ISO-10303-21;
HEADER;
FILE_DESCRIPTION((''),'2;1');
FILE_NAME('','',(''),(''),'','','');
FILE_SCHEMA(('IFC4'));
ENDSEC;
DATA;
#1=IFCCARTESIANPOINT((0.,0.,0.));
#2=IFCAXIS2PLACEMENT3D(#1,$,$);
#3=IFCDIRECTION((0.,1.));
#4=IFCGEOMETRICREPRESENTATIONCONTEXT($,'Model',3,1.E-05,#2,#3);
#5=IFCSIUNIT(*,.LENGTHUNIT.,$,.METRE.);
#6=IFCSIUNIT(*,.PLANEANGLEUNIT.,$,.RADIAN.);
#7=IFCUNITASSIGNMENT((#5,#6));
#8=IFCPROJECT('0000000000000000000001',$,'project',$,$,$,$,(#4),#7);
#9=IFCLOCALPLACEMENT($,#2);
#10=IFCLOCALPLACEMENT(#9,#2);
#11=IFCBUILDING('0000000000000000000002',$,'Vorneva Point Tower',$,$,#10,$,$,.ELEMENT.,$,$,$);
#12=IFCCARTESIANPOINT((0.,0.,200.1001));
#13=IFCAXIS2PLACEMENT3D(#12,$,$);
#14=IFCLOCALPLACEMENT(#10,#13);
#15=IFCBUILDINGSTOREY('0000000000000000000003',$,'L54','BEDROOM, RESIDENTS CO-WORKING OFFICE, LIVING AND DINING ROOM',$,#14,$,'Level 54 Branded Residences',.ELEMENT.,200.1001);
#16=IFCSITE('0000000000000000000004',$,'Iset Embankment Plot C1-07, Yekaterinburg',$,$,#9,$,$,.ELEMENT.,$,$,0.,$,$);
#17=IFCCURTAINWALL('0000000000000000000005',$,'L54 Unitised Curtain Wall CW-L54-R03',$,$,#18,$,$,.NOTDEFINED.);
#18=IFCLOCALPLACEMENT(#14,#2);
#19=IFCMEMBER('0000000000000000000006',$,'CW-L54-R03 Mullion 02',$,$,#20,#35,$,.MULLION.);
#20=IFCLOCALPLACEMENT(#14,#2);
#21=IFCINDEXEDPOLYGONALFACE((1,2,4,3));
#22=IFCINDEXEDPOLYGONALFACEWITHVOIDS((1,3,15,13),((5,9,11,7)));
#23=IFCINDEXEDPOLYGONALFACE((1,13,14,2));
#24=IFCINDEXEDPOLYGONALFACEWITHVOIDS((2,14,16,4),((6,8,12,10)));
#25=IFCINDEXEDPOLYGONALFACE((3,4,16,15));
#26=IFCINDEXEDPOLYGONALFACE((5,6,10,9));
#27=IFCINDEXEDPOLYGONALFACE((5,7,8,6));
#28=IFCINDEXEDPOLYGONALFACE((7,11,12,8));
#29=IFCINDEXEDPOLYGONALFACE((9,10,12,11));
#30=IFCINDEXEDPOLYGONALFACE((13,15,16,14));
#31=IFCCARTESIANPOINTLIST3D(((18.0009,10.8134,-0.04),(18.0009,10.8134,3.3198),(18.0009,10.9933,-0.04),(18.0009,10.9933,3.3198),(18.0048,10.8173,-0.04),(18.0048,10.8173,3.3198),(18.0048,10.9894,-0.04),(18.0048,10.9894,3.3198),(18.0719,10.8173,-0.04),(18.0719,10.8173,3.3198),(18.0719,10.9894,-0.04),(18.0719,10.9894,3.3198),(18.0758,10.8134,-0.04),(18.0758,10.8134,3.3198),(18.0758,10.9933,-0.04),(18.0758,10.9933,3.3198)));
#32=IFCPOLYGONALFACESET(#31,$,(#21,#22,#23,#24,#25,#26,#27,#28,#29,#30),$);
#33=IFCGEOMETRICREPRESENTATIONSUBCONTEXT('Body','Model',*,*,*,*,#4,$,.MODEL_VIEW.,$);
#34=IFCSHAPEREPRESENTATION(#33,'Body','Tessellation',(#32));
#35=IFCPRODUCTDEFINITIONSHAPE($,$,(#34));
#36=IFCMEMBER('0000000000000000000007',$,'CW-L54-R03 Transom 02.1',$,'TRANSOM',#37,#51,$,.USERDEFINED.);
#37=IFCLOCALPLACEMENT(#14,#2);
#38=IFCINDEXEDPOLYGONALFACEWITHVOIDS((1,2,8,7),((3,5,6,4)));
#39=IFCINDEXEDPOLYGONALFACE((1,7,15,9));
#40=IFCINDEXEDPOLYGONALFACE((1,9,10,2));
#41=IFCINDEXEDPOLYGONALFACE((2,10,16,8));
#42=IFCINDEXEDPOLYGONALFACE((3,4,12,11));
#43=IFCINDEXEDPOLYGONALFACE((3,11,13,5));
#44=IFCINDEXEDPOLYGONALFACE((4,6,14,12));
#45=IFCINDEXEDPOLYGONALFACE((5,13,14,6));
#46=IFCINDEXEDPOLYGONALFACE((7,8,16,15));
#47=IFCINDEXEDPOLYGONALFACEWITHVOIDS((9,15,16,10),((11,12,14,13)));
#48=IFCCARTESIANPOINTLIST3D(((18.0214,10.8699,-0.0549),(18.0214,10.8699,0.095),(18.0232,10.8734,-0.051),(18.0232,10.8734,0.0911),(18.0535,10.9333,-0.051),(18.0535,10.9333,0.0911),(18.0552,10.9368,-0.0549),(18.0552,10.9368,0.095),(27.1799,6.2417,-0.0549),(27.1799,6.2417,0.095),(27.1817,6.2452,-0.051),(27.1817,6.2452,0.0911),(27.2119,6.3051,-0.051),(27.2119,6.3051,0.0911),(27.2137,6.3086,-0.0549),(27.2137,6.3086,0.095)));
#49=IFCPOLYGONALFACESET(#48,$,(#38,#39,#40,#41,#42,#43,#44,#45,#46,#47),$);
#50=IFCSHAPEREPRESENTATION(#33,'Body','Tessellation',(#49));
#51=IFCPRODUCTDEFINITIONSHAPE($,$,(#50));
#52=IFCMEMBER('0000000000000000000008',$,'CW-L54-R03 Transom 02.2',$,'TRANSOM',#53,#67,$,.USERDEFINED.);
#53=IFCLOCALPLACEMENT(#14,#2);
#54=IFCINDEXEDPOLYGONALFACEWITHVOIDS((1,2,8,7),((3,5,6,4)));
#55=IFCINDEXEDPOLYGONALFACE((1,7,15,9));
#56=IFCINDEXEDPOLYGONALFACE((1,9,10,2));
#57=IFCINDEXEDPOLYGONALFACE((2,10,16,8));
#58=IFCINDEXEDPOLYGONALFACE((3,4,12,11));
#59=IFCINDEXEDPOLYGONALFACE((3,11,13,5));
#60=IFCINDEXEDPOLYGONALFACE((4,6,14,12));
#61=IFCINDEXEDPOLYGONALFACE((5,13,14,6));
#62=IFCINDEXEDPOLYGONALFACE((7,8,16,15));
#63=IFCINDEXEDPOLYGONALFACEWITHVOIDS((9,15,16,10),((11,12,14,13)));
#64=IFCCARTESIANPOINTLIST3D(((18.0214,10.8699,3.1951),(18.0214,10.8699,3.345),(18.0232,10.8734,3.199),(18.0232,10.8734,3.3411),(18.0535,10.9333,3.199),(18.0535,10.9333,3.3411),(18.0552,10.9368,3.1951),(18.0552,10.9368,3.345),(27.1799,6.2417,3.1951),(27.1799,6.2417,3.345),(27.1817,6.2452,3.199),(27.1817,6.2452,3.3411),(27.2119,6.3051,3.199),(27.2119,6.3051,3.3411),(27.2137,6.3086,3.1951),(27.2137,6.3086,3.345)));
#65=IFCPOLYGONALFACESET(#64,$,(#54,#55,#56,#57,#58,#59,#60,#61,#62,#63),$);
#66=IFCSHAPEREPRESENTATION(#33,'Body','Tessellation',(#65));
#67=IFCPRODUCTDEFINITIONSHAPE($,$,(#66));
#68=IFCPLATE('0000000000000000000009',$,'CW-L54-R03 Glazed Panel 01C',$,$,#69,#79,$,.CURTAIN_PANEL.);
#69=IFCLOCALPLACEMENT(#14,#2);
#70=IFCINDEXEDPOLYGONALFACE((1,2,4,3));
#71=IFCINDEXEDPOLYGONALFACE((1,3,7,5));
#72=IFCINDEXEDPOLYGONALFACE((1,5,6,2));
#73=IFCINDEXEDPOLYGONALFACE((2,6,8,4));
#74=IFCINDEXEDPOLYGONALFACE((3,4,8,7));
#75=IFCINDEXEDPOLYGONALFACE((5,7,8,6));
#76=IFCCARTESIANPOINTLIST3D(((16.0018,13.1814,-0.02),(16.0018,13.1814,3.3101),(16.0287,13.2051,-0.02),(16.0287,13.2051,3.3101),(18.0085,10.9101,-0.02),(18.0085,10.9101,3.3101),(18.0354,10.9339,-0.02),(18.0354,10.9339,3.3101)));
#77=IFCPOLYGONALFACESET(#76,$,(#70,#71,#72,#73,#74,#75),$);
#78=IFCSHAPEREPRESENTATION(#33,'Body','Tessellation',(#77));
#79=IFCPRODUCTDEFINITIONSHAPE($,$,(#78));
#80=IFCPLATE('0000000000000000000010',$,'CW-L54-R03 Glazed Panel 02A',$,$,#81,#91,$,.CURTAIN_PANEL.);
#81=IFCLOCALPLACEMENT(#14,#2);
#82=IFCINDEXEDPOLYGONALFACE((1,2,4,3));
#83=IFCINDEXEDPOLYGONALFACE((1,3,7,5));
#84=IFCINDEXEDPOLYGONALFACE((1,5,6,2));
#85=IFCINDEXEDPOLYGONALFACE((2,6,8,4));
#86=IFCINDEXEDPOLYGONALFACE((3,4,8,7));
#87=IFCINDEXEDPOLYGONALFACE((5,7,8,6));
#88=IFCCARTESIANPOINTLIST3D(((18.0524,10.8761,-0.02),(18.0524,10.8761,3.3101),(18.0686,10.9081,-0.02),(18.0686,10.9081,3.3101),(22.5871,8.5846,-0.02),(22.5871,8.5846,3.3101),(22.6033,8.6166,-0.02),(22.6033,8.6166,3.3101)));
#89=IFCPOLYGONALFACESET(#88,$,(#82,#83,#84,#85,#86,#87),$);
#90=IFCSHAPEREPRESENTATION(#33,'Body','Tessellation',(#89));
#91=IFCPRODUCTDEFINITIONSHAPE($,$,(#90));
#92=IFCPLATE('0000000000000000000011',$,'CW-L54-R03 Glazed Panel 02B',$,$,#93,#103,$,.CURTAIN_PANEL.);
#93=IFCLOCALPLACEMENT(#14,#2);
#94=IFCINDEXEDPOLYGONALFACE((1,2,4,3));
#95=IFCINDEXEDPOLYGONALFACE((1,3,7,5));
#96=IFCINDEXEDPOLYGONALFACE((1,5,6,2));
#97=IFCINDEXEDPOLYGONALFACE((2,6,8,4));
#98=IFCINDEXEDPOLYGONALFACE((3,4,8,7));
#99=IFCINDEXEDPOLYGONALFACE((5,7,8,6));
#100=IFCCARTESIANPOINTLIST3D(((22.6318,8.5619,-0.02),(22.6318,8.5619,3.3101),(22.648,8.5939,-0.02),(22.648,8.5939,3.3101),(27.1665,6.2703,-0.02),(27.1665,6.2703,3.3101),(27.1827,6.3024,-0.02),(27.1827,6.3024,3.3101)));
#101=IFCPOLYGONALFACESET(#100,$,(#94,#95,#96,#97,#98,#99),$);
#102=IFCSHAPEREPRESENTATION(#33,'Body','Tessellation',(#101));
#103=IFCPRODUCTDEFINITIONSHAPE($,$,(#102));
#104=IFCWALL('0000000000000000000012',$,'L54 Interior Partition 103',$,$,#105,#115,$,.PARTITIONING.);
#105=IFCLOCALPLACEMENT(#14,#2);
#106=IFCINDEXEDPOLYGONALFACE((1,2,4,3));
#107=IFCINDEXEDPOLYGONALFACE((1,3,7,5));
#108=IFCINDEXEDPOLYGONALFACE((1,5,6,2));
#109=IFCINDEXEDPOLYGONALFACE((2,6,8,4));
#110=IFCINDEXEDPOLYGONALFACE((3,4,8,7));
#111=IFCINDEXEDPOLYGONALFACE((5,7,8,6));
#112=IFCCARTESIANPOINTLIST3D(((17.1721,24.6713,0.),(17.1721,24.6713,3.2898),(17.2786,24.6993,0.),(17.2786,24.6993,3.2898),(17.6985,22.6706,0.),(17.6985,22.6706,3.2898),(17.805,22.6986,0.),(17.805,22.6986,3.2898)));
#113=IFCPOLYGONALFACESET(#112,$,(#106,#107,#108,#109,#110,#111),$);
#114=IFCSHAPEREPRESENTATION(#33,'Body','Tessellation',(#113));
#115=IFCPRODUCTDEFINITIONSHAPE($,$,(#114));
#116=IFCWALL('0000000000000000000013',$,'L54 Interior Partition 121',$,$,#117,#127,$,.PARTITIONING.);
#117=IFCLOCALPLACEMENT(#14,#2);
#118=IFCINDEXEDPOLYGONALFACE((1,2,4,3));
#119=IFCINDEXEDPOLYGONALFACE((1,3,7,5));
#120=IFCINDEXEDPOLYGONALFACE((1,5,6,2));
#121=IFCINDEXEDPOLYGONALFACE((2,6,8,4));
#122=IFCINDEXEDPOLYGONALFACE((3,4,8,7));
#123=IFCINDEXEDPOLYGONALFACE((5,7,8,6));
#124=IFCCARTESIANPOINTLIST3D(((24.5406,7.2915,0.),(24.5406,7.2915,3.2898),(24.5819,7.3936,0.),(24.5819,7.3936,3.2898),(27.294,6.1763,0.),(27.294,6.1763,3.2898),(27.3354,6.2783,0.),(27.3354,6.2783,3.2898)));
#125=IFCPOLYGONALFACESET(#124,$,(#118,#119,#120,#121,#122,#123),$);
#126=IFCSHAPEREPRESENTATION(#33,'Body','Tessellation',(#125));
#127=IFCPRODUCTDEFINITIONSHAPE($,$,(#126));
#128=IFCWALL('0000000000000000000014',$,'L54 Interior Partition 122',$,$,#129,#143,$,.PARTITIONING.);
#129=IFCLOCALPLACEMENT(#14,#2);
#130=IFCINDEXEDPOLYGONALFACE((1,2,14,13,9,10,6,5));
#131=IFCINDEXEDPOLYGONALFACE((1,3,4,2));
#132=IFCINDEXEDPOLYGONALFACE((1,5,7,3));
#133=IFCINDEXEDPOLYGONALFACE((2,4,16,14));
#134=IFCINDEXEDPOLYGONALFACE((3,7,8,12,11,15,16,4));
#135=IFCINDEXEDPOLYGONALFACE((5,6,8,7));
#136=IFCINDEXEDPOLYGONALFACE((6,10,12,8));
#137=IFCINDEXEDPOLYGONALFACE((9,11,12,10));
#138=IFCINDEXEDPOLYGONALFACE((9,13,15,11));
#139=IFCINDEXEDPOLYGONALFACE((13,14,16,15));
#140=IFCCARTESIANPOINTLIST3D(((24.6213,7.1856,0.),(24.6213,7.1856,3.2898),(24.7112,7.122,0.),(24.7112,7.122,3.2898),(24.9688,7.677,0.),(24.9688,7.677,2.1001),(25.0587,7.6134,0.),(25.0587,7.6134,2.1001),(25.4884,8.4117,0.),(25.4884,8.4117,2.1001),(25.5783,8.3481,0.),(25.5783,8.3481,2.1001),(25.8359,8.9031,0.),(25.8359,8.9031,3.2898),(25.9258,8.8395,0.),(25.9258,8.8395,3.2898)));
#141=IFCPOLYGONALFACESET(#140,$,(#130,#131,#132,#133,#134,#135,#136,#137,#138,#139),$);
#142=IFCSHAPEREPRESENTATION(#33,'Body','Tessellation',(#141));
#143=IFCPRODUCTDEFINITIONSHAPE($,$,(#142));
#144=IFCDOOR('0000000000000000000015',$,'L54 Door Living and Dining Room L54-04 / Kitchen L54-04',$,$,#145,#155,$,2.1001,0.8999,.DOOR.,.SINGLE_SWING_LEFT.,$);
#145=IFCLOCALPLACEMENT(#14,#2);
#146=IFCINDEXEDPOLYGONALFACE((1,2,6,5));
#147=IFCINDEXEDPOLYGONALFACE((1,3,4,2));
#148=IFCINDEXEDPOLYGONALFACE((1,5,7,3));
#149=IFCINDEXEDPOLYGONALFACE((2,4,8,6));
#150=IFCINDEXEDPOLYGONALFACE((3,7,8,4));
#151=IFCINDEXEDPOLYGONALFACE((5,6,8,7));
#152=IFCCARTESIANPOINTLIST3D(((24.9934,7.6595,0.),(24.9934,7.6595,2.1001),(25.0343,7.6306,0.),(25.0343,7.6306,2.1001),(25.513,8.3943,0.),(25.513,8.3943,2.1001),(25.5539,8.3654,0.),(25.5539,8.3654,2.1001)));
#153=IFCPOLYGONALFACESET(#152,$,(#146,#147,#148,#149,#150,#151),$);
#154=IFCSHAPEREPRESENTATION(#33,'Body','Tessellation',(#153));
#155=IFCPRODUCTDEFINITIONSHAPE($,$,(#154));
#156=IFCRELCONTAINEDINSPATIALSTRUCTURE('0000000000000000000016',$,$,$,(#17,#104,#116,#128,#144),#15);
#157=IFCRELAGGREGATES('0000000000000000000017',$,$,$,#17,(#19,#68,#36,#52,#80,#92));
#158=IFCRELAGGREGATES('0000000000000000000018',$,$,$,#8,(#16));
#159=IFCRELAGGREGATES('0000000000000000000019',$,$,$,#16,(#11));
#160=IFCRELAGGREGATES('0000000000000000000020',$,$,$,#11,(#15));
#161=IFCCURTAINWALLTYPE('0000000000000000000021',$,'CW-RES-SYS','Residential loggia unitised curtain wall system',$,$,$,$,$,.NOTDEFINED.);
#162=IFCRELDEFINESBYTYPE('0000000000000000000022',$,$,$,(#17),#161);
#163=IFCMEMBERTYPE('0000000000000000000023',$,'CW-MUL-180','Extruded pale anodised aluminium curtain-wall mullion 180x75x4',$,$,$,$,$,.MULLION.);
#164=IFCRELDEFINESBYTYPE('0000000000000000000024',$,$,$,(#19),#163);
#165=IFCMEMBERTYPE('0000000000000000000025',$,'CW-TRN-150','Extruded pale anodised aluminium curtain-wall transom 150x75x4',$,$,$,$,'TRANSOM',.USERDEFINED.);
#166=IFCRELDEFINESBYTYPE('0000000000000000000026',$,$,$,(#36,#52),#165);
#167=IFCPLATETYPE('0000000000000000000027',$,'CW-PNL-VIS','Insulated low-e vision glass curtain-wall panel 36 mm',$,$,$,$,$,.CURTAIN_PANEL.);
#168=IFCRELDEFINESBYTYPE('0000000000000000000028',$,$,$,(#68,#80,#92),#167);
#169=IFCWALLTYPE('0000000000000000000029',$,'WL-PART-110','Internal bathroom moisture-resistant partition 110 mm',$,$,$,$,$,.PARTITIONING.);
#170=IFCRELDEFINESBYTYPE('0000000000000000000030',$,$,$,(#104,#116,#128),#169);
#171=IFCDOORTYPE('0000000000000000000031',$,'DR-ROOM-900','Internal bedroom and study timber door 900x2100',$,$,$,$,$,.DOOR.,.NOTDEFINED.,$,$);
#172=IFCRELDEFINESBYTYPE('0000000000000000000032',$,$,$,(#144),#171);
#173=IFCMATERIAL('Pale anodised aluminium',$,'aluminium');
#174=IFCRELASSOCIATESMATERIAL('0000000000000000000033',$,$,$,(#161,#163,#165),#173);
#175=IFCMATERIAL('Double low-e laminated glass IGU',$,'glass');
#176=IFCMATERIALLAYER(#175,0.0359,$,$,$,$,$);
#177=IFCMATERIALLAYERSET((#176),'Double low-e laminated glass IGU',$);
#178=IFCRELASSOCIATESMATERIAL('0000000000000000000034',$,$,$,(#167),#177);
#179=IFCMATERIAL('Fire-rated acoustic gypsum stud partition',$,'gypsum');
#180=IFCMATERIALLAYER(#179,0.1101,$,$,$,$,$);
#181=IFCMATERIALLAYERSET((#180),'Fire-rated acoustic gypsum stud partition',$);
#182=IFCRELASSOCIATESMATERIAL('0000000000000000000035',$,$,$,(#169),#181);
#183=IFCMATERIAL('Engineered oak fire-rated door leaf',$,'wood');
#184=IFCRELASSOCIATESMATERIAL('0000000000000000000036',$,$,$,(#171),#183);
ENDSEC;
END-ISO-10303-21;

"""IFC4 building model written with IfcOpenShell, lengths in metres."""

from ifc_helpers import new_model, si_unit, direction, frame, frame_2d, origin, origin_2d, place, context, subcontext, project, spatial, rectangle, hollow_rectangle, extrude, material, layer, layer_set, material_profile, profile_set, type_object, element, fill, aggregate, save


model = new_model("IFC4")

# Units and contexts
model_context = context("Model", 3, precision=1e-05, world=origin(), true_north=direction((0.0, 1.0)))
body_context = subcontext(model_context, "Body", "Model", "MODEL_VIEW")
ifc_project = project(units=[si_unit("LENGTHUNIT", "METRE"), si_unit("PLANEANGLEUNIT", "RADIAN")], contexts=[model_context])

# Site, building, storey
site_placement = place(None, origin())
site = spatial("IfcSite", under=ifc_project, at=site_placement, Name="Iset Embankment Plot C1-07, Yekaterinburg", CompositionType="ELEMENT", RefElevation=0.0)
building_placement = place(site_placement, origin())
building = spatial("IfcBuilding", under=site, at=building_placement, Name="Vorneva Point Tower", CompositionType="ELEMENT")
storey_placement = place(building_placement, frame((0.0, 0.0, 200.1001)))
storey = spatial("IfcBuildingStorey", under=building, at=storey_placement, Name="L54", Description="BEDROOM, RESIDENTS CO-WORKING OFFICE, LIVING AND DINING ROOM", LongName="Level 54 Branded Residences", CompositionType="ELEMENT", Elevation=200.1001)

# Curtain wall, members, plates
ifc_material_1 = material(Name="Pale anodised aluminium", Category="aluminium")
curtain_wall_type = type_object("IfcCurtainWallType", Name="CW-RES-SYS", Description="Residential loggia unitised curtain wall system", PredefinedType="NOTDEFINED", material=ifc_material_1)
curtain_wall_placement = place(storey_placement, origin())
curtain_wall = element("IfcCurtainWall", 1, at=curtain_wall_placement, inside=storey, type_object=curtain_wall_type, Name="L54 Unitised Curtain Wall CW-L54-R03", PredefinedType="NOTDEFINED")
ifc_material_profile_1 = material_profile(ifc_material_1, hollow_rectangle(XDim=0.075, YDim=0.1799, WallThickness=0.0039, at=origin_2d()), Name="AL-MUL 180x75x4")
ifc_profile_set_1 = profile_set([ifc_material_profile_1], Name="Pale anodised aluminium")
member_type_1 = type_object("IfcMemberType", Name="CW-MUL-180", Description="Extruded pale anodised aluminium curtain-wall mullion 180x75x4", PredefinedType="MULLION", material=ifc_profile_set_1)
member_1_placement = place(storey_placement, frame((18.0383, 10.9033, -0.04), z_axis=(0.0, 0.0, 1.0), x_axis=(1.0, 0.0, 0.0)))
member_1 = element("IfcMember", 2, at=member_1_placement, type_object=member_type_1, Name="CW-L54-R03 Mullion 02", PredefinedType="MULLION", context=body_context, shape_type="SweptSolid", body=[
    extrude(hollow_rectangle(XDim=0.075, YDim=0.1799, WallThickness=0.0039, at=origin_2d()), origin(), (0.0, 0.0, 1.0), 3.3599),
])
ifc_material_profile_2 = material_profile(ifc_material_1, hollow_rectangle(XDim=0.075, YDim=0.1499, WallThickness=0.0039, at=origin_2d()), Name="AL-TRN 150x75x4")
ifc_profile_set_2 = profile_set([ifc_material_profile_2], Name="Pale anodised aluminium")
member_type_2 = type_object("IfcMemberType", Name="CW-TRN-150", Description="Extruded pale anodised aluminium curtain-wall transom 150x75x4", ElementType="TRANSOM", PredefinedType="USERDEFINED", material=ifc_profile_set_2)
member_2_placement = place(storey_placement, frame((18.0383, 10.9033, 0.02), z_axis=(0.892511, -0.451026, 0.0), x_axis=(0.451026, 0.892511, 0.0)))
member_2 = element("IfcMember", 3, at=member_2_placement, type_object=member_type_2, Name="CW-L54-R03 Transom 02.1", ObjectType="TRANSOM", PredefinedType="USERDEFINED", context=body_context, shape_type="SweptSolid", body=[
    extrude(hollow_rectangle(XDim=0.075, YDim=0.1499, WallThickness=0.0039, at=origin_2d()), origin(), (0.0, 0.0, 1.0), 10.2615),
])
member_3_placement = place(storey_placement, frame((18.0383, 10.9033, 3.27), z_axis=(0.892511, -0.451026, 0.0), x_axis=(0.451026, 0.892511, 0.0)))
member_3 = element("IfcMember", 4, at=member_3_placement, type_object=member_type_2, Name="CW-L54-R03 Transom 02.2", ObjectType="TRANSOM", PredefinedType="USERDEFINED", context=body_context, shape_type="SweptSolid", body=[
    extrude(hollow_rectangle(XDim=0.075, YDim=0.1499, WallThickness=0.0039, at=origin_2d()), origin(), (0.0, 0.0, 1.0), 10.2615),
])
ifc_material_2 = material(Name="Double low-e laminated glass IGU", Category="glass")
ifc_layer_1 = layer(ifc_material_2, 0.0359)
ifc_layer_set_1 = layer_set([ifc_layer_1], Name="Double low-e laminated glass IGU")
plate_type = type_object("IfcPlateType", Name="CW-PNL-VIS", Description="Insulated low-e vision glass curtain-wall panel 36 mm", PredefinedType="CURTAIN_PANEL", material=ifc_layer_set_1)
plate_1_placement = place(storey_placement, frame((17.0186, 12.0576, -0.02), z_axis=(0.0, 0.0, 1.0), x_axis=(0.66211, -0.749407, 0.0)))
plate_1 = element("IfcPlate", 5, at=plate_1_placement, type_object=plate_type, Name="CW-L54-R03 Glazed Panel 01C", PredefinedType="CURTAIN_PANEL", context=body_context, shape_type="SweptSolid", body=[
    extrude(rectangle(XDim=3.0308, YDim=0.0359, at=origin_2d()), origin(), (0.0, 0.0, 1.0), 3.3301),
])
plate_2_placement = place(storey_placement, frame((20.3279, 9.7463, -0.02), z_axis=(0.0, 0.0, 1.0), x_axis=(0.892515, -0.451018, 0.0)))
plate_2 = element("IfcPlate", 6, at=plate_2_placement, type_object=plate_type, Name="CW-L54-R03 Glazed Panel 02A", PredefinedType="CURTAIN_PANEL", context=body_context, shape_type="SweptSolid", body=[
    extrude(rectangle(XDim=5.0808, YDim=0.0359, at=origin_2d()), origin(), (0.0, 0.0, 1.0), 3.3301),
])
plate_3_placement = place(storey_placement, frame((24.9072, 7.4321, -0.02), z_axis=(0.0, 0.0, 1.0), x_axis=(0.892515, -0.451018, 0.0)))
plate_3 = element("IfcPlate", 7, at=plate_3_placement, type_object=plate_type, Name="CW-L54-R03 Glazed Panel 02B", PredefinedType="CURTAIN_PANEL", context=body_context, shape_type="SweptSolid", body=[
    extrude(rectangle(XDim=5.0808, YDim=0.0359, at=origin_2d()), origin(), (0.0, 0.0, 1.0), 3.3301),
])
aggregate(curtain_wall, [member_1, plate_1, member_2, member_3, plate_2, plate_3])

# Walls
ifc_material_3 = material(Name="Fire-rated acoustic gypsum stud partition", Category="gypsum")
ifc_layer_2 = layer(ifc_material_3, 0.1101)
ifc_layer_set_2 = layer_set([ifc_layer_2], Name="Fire-rated acoustic gypsum stud partition")
wall_type_1 = type_object("IfcWallType", Name="WL-PART-110", Description="Internal bathroom moisture-resistant partition 110 mm", PredefinedType="PARTITIONING", material=ifc_layer_set_2)
wall_1_placement = place(storey_placement, frame((17.7517, 22.6846, 0.0), z_axis=(0.0, 0.0, 1.0), x_axis=(-0.254429, 0.967091, 0.0)))
element("IfcWall", 8, at=wall_1_placement, inside=storey, type_object=wall_type_1, Name="L54 Interior Partition 103", PredefinedType="PARTITIONING", context=body_context, shape_type="SweptSolid", body=[
    extrude(rectangle(XDim=2.0688, YDim=0.1101, at=frame_2d((1.0344, 0.0))), origin(), (0.0, 0.0, 1.0), 3.2898),
])
wall_2_placement = place(storey_placement, frame((24.5613, 7.3425, 0.0), z_axis=(0.0, 0.0, 1.0), x_axis=(0.926858, -0.375411, 0.0)))
element("IfcWall", 9, at=wall_2_placement, inside=storey, type_object=wall_type_1, Name="L54 Interior Partition 121", PredefinedType="PARTITIONING", context=body_context, shape_type="SweptSolid", body=[
    extrude(rectangle(XDim=2.9707, YDim=0.1101, at=frame_2d((1.4854, 0.0))), origin(), (0.0, 0.0, 1.0), 3.2898),
])

# Wall, opening, door
wall_3_placement = place(storey_placement, frame((24.6663, 7.1538, 0.0), z_axis=(0.0, 0.0, 1.0), x_axis=(0.577389, 0.816469, 0.0)))
wall_3 = element("IfcWall", 10, at=wall_3_placement, inside=storey, type_object=wall_type_1, Name="L54 Interior Partition 122", PredefinedType="PARTITIONING", context=body_context, shape_type="SweptSolid", body=[
    extrude(rectangle(XDim=2.1035, YDim=0.1101, at=frame_2d((1.0518, 0.0))), origin(), (0.0, 0.0, 1.0), 3.2898),
])
opening_1_placement = place(wall_3_placement, frame((0.6018, 0.0, 0.0)))
opening_1 = element("IfcOpeningElement", 11, at=opening_1_placement, cuts=wall_3, PredefinedType="OPENING", context=body_context, shape_type="SweptSolid", body=[
    extrude(rectangle(XDim=0.8999, YDim=2.1001, at=frame_2d((0.45, 1.05))), frame((0.0, 0.0698, 0.0), z_axis=(0.0, -1.0, 0.0), x_axis=(1.0, 0.0, 0.0)), (0.0, 0.0, 1.0), 0.1399),
])
ifc_material_4 = material(Name="Engineered oak fire-rated door leaf", Category="wood")
door_type_1 = type_object("IfcDoorType", Name="DR-ROOM-900", Description="Internal bedroom and study timber door 900x2100", OperationType="NOTDEFINED", PredefinedType="DOOR", material=ifc_material_4)
door_1_placement = place(opening_1_placement, origin())
door_1 = element("IfcDoor", 12, at=door_1_placement, inside=storey, type_object=door_type_1, Name="L54 Door Living and Dining Room L54-04 / Kitchen L54-04", OperationType="SINGLE_SWING_LEFT", OverallHeight=2.1001, OverallWidth=0.8999, PredefinedType="DOOR", context=body_context, shape_type="SweptSolid", body=[
    extrude(rectangle(XDim=0.8999, YDim=2.1001, at=frame_2d((0.45, 1.05))), frame((0.0, 0.0249, 0.0), z_axis=(0.0, -1.0, 0.0), x_axis=(1.0, 0.0, 0.0)), (0.0, 0.0, 1.0), 0.05),
])
fill(opening_1, door_1)

save(model, "model.ifc")
